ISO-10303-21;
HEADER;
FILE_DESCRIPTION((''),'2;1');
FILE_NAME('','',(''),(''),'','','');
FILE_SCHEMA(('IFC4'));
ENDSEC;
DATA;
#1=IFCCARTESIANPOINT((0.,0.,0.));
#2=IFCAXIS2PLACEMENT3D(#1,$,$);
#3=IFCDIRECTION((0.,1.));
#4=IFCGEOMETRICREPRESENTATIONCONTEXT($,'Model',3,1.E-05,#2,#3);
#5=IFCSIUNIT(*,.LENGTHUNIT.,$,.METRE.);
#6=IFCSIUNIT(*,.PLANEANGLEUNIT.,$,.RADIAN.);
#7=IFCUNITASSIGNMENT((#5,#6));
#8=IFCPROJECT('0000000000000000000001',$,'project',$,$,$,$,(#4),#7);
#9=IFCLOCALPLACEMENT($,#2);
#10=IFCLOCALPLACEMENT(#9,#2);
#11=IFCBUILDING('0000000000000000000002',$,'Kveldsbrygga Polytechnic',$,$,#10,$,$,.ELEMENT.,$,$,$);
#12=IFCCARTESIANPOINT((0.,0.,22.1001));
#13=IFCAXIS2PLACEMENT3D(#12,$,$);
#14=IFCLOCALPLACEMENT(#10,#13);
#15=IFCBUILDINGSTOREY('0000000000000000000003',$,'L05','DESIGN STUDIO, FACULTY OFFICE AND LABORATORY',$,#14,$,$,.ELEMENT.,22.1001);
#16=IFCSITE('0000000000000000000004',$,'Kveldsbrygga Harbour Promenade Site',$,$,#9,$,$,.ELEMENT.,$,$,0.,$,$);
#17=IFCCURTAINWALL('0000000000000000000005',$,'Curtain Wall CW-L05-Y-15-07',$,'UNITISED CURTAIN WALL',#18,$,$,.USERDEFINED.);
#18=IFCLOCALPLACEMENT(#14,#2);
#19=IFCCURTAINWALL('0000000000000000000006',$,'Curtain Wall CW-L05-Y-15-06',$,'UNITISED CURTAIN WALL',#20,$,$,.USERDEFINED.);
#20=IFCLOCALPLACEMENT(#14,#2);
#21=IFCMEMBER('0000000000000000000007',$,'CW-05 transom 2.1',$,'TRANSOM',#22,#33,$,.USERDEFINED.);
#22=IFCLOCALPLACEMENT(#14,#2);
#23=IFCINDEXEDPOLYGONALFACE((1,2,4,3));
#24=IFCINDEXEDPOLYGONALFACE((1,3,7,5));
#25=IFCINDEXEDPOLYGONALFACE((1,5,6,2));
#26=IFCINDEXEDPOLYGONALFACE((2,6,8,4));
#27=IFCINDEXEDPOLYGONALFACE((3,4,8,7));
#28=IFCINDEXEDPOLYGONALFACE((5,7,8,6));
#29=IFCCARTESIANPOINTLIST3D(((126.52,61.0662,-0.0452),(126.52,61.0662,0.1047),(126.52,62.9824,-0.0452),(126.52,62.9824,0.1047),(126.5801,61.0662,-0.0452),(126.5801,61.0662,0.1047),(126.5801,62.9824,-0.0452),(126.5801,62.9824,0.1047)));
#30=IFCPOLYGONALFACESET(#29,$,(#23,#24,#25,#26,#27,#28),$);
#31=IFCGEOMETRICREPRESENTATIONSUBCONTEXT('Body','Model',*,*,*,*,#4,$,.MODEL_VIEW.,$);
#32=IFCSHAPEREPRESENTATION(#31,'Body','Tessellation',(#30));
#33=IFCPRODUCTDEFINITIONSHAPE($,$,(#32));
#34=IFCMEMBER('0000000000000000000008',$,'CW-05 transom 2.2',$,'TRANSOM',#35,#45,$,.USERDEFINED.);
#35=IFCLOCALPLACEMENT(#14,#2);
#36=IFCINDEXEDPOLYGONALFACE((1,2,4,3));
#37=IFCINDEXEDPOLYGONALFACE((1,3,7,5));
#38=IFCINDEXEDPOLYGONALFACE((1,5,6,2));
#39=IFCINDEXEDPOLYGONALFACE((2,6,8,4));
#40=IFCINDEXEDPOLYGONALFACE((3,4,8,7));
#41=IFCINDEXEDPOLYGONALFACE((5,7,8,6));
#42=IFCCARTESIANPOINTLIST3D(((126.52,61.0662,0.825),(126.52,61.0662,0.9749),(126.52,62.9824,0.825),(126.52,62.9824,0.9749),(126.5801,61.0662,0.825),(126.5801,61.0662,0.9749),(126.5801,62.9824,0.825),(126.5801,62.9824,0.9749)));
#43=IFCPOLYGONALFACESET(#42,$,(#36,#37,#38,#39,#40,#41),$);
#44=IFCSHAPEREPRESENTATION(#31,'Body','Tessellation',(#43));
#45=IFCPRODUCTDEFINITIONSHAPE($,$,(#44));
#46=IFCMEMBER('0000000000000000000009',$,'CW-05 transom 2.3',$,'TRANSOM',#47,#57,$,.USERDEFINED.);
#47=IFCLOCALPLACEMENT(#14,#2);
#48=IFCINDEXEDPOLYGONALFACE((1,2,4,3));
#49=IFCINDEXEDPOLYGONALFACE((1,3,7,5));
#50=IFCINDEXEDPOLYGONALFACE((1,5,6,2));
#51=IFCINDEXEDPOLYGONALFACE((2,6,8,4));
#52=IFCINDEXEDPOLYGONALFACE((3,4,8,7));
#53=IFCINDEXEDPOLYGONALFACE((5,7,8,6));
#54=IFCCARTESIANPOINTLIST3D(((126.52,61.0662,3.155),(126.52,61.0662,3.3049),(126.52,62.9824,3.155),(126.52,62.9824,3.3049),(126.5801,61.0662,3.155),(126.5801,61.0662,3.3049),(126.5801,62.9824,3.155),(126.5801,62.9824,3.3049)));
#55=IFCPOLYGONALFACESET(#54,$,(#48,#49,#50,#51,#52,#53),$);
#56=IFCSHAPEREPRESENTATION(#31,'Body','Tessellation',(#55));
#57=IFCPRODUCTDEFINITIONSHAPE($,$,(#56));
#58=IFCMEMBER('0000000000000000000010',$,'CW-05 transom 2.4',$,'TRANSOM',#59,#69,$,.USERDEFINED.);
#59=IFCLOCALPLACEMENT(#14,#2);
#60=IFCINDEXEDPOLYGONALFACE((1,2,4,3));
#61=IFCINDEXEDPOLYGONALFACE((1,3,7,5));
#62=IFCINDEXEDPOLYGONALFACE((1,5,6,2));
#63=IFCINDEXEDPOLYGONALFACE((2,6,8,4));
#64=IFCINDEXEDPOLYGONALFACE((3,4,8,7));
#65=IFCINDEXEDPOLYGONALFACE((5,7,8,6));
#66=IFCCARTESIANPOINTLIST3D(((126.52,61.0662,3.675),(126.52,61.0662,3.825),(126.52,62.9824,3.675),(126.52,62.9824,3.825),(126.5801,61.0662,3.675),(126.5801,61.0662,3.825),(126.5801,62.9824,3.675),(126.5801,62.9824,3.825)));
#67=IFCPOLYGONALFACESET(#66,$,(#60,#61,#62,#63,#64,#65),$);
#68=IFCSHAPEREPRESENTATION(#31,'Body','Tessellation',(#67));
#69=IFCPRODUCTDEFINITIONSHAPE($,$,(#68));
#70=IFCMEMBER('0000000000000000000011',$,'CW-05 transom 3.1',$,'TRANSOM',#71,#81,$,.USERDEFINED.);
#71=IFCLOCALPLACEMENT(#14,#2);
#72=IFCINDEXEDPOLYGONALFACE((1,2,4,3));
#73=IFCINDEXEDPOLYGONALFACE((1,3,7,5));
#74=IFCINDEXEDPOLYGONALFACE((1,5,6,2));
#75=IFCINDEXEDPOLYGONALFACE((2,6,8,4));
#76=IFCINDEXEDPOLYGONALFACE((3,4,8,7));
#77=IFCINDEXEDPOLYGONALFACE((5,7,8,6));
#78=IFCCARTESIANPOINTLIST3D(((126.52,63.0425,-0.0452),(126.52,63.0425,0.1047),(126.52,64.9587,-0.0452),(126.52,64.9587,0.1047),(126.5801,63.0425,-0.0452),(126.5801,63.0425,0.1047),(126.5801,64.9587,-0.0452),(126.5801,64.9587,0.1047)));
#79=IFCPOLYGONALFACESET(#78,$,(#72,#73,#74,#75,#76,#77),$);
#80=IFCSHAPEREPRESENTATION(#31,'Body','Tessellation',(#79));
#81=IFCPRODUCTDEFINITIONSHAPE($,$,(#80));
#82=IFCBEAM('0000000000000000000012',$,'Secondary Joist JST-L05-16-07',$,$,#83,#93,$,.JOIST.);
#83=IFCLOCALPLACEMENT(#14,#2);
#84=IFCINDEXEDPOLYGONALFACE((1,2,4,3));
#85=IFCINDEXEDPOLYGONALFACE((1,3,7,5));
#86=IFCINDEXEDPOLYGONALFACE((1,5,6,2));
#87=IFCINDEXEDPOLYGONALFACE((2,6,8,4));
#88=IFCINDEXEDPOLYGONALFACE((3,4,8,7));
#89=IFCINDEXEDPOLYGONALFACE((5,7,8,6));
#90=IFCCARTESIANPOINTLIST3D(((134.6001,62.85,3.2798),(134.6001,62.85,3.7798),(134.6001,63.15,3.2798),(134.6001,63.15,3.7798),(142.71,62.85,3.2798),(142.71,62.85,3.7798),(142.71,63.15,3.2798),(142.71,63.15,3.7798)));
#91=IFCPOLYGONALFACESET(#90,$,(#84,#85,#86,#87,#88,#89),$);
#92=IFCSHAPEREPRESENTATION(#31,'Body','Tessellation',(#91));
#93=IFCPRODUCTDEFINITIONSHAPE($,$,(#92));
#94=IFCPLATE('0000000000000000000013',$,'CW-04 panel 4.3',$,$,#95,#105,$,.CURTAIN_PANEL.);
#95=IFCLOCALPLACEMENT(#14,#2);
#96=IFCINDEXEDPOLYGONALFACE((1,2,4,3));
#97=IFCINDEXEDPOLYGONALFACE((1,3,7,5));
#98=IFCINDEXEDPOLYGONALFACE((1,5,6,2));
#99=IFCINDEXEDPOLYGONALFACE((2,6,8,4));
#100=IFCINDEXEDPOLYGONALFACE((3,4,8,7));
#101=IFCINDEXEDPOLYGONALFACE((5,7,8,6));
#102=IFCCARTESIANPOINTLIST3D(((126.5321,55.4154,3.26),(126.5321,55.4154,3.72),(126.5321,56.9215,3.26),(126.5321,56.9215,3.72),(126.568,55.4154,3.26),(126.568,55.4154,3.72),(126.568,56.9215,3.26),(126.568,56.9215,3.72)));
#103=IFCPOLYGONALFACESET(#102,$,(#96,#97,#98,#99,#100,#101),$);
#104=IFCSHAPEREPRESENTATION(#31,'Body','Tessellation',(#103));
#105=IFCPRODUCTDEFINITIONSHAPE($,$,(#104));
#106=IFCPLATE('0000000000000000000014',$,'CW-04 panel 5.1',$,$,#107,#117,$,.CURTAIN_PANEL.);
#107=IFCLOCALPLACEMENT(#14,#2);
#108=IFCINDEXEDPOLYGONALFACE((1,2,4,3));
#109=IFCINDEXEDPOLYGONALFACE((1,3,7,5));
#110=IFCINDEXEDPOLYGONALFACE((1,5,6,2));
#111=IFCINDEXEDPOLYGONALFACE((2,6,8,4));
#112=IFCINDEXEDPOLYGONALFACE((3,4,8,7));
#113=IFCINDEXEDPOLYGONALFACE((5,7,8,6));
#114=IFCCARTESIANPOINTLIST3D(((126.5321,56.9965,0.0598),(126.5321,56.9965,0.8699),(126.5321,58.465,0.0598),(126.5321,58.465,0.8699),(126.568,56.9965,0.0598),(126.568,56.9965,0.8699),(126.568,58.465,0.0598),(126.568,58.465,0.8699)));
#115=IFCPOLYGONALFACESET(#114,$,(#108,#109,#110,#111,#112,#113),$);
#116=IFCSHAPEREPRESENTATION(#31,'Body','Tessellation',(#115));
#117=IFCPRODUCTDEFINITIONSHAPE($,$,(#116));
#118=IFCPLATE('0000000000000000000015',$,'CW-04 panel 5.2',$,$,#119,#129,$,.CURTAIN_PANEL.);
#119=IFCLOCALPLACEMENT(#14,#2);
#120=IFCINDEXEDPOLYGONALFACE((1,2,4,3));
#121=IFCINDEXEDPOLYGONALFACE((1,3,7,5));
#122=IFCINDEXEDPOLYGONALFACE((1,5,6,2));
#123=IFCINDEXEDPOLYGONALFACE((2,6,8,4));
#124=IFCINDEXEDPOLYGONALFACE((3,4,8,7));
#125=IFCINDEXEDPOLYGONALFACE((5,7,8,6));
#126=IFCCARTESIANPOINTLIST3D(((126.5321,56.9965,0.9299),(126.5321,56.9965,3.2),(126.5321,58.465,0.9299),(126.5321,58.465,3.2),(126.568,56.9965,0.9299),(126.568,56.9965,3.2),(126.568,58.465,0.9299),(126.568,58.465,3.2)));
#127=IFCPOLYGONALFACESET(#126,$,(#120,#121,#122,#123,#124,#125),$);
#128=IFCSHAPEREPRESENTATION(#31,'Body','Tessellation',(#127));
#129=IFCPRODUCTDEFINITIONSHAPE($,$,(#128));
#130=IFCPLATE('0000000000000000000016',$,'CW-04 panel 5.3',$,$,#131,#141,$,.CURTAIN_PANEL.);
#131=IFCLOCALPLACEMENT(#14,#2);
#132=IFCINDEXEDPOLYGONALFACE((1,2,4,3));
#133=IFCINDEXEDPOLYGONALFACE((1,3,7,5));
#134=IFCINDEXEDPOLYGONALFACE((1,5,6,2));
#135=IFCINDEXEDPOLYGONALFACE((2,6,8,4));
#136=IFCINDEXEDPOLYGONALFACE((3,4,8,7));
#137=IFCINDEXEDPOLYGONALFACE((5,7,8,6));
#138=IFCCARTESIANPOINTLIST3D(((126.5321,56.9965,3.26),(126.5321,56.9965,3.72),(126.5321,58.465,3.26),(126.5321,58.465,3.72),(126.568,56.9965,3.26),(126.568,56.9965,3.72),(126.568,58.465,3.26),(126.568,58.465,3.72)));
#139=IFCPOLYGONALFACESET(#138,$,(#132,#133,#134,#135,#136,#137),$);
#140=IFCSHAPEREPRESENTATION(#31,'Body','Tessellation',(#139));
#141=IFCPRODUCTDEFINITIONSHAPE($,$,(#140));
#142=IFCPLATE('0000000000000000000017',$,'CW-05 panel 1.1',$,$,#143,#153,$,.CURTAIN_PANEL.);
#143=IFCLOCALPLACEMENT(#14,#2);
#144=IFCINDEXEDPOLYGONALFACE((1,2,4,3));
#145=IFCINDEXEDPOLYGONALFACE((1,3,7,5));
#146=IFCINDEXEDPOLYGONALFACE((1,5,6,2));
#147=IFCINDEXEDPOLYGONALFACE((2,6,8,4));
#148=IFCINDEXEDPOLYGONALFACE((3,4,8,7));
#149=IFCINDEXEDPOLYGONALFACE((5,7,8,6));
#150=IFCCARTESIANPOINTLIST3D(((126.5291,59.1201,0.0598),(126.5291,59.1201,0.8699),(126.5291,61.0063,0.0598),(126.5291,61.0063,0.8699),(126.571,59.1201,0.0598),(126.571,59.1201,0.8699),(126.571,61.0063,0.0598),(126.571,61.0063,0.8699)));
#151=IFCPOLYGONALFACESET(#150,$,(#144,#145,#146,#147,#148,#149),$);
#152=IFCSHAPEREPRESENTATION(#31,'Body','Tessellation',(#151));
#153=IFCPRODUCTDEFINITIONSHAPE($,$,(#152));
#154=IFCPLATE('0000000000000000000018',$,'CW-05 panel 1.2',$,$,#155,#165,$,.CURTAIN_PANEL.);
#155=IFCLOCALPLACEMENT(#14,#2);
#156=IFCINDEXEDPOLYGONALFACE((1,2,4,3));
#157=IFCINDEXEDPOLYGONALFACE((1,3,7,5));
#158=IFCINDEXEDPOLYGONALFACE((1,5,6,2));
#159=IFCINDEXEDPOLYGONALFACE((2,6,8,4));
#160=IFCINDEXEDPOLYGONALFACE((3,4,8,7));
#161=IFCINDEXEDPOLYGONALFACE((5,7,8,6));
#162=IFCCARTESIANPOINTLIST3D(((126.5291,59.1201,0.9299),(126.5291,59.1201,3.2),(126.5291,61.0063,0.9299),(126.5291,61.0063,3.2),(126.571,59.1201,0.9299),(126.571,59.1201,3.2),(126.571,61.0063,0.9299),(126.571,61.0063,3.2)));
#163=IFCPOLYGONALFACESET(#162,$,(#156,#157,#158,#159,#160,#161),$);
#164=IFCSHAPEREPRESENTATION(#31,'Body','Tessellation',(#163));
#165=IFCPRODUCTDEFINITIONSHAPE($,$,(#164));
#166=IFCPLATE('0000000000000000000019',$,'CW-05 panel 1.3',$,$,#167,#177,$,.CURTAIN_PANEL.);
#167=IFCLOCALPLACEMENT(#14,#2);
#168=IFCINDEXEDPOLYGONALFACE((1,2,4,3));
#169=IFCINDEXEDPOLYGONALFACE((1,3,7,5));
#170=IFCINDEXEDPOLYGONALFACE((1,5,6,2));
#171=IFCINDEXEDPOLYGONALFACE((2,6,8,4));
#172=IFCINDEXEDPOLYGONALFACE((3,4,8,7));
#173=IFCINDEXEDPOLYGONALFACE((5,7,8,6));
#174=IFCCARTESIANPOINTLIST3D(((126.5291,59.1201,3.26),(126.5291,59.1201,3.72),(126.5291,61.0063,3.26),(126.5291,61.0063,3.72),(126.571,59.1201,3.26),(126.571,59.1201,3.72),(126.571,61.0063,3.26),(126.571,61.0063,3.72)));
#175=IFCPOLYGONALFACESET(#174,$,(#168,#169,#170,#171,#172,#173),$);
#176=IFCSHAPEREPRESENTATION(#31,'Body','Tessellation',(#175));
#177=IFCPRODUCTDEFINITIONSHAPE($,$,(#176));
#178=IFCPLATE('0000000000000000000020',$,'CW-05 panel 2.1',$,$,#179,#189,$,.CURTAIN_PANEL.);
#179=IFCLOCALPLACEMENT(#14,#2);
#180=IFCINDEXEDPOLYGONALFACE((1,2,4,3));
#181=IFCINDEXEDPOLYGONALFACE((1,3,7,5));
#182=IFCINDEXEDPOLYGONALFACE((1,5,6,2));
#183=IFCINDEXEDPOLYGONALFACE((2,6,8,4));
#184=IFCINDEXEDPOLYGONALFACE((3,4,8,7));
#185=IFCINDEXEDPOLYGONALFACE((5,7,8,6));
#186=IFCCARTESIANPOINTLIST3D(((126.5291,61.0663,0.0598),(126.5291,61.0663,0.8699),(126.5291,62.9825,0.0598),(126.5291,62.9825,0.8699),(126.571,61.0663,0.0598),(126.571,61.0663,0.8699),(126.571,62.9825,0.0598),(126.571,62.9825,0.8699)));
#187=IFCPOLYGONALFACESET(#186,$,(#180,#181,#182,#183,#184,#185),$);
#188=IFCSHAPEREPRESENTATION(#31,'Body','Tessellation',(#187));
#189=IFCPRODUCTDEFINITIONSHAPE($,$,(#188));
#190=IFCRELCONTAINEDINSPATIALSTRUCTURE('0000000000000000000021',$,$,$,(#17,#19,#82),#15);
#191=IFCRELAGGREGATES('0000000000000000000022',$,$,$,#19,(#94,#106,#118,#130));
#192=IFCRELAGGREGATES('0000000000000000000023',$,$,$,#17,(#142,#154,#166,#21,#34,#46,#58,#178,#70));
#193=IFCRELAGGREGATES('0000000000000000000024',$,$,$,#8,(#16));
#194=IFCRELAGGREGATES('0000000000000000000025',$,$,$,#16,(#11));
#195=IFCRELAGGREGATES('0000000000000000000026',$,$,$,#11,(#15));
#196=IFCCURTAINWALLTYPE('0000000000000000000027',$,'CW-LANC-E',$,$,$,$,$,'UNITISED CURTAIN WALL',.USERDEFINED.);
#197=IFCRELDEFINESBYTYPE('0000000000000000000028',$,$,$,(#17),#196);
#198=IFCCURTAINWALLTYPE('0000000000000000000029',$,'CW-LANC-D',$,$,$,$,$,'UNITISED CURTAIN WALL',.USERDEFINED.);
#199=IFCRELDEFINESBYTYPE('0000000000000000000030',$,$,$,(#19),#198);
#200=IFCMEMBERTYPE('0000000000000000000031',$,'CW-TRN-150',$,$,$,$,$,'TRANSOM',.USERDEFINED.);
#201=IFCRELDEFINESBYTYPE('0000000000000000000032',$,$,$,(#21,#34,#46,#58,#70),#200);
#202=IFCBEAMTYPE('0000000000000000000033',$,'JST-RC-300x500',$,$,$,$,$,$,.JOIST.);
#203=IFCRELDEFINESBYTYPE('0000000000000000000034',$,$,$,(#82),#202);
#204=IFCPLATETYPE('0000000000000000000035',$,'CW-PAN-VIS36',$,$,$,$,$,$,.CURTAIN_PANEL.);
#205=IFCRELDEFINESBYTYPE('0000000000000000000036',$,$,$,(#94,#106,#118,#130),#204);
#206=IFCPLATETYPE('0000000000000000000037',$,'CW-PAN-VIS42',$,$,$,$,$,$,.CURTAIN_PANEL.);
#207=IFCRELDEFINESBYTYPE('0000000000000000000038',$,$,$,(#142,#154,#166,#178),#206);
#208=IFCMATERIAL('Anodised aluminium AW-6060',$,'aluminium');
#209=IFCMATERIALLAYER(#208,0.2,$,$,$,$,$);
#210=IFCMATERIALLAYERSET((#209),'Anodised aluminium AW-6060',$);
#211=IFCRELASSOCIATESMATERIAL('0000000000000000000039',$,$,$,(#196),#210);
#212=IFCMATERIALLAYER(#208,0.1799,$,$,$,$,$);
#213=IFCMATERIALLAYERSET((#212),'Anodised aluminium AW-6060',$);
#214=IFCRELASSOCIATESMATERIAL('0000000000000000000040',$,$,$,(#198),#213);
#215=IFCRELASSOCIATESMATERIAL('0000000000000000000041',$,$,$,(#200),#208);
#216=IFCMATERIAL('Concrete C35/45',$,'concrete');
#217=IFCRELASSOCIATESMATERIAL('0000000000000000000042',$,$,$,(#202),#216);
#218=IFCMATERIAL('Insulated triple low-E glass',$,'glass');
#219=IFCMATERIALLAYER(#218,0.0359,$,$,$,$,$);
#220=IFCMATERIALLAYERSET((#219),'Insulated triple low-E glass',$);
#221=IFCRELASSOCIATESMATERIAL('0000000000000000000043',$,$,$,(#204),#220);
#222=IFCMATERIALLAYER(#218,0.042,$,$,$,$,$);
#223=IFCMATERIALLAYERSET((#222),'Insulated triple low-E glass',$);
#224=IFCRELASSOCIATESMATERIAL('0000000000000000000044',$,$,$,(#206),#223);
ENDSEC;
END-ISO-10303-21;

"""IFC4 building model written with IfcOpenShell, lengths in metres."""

from ifc_helpers import new_model, si_unit, direction, frame, origin, origin_2d, place, context, subcontext, project, spatial, rectangle, extrude, material, layer, layer_set, material_profile, profile_set, type_object, element, aggregate, save


model = new_model("IFC4")

# Units and contexts
model_context = context("Model", 3, precision=1e-05, world=origin(), true_north=direction((0.0, 1.0)))
body_context = subcontext(model_context, "Body", "Model", "MODEL_VIEW")
ifc_project = project(units=[si_unit("LENGTHUNIT", "METRE"), si_unit("PLANEANGLEUNIT", "RADIAN")], contexts=[model_context])

# Site, building, storey
site_placement = place(None, origin())
site = spatial("IfcSite", under=ifc_project, at=site_placement, Name="Kveldsbrygga Harbour Promenade Site", CompositionType="ELEMENT", RefElevation=0.0)
building_placement = place(site_placement, origin())
building = spatial("IfcBuilding", under=site, at=building_placement, Name="Kveldsbrygga Polytechnic", CompositionType="ELEMENT")
storey_placement = place(building_placement, frame((0.0, 0.0, 22.1001)))
storey = spatial("IfcBuildingStorey", under=building, at=storey_placement, Name="L05", Description="DESIGN STUDIO, FACULTY OFFICE AND LABORATORY", CompositionType="ELEMENT", Elevation=22.1001)

# Shared definitions
ifc_material_1 = material(Name="Concrete C35/45", Category="concrete")

# Curtain walls
ifc_material_2 = material(Name="Anodised aluminium AW-6060", Category="aluminium")
ifc_layer_1 = layer(ifc_material_2, 0.2)
ifc_layer_set_1 = layer_set([ifc_layer_1], Name="Anodised aluminium AW-6060")
curtain_wall_type_1 = type_object("IfcCurtainWallType", Name="CW-LANC-E", ElementType="UNITISED CURTAIN WALL", PredefinedType="USERDEFINED", material=ifc_layer_set_1)
curtain_wall_1_placement = place(storey_placement, origin())
curtain_wall_1 = element("IfcCurtainWall", 1, at=curtain_wall_1_placement, inside=storey, type_object=curtain_wall_type_1, Name="Curtain Wall CW-L05-Y-15-07", ObjectType="UNITISED CURTAIN WALL", PredefinedType="USERDEFINED")
ifc_layer_2 = layer(ifc_material_2, 0.1799)
ifc_layer_set_2 = layer_set([ifc_layer_2], Name="Anodised aluminium AW-6060")
curtain_wall_type_2 = type_object("IfcCurtainWallType", Name="CW-LANC-D", ElementType="UNITISED CURTAIN WALL", PredefinedType="USERDEFINED", material=ifc_layer_set_2)
curtain_wall_2_placement = place(storey_placement, origin())
curtain_wall_2 = element("IfcCurtainWall", 2, at=curtain_wall_2_placement, inside=storey, type_object=curtain_wall_type_2, Name="Curtain Wall CW-L05-Y-15-06", ObjectType="UNITISED CURTAIN WALL", PredefinedType="USERDEFINED")

# Members
ifc_material_profile_1 = material_profile(ifc_material_2, rectangle(XDim=0.0601, YDim=0.1499, at=origin_2d()), Name="ALU 60x150")
ifc_profile_set_1 = profile_set([ifc_material_profile_1], Name="Anodised aluminium AW-6060")
member_type_1 = type_object("IfcMemberType", Name="CW-TRN-150", ElementType="TRANSOM", PredefinedType="USERDEFINED", material=ifc_profile_set_1)
member_1_placement = place(storey_placement, frame((126.55, 61.0662, 0.0298), z_axis=(0.0, 1.0, 0.0), x_axis=(-1.0, 0.0, 0.0)))
member_1 = element("IfcMember", 3, at=member_1_placement, type_object=member_type_1, Name="CW-05 transom 2.1", ObjectType="TRANSOM", PredefinedType="USERDEFINED", context=body_context, shape_type="SweptSolid", body=[
    extrude(rectangle(XDim=0.0601, YDim=0.1499, at=origin_2d()), origin(), (0.0, 0.0, 1.0), 1.9163),
])
member_2_placement = place(storey_placement, frame((126.55, 61.0662, 0.8999), z_axis=(0.0, 1.0, 0.0), x_axis=(-1.0, 0.0, 0.0)))
member_2 = element("IfcMember", 4, at=member_2_placement, type_object=member_type_1, Name="CW-05 transom 2.2", ObjectType="TRANSOM", PredefinedType="USERDEFINED", context=body_context, shape_type="SweptSolid", body=[
    extrude(rectangle(XDim=0.0601, YDim=0.1499, at=origin_2d()), origin(), (0.0, 0.0, 1.0), 1.9163),
])
member_3_placement = place(storey_placement, frame((126.55, 61.0662, 3.23), z_axis=(0.0, 1.0, 0.0), x_axis=(-1.0, 0.0, 0.0)))
member_3 = element("IfcMember", 5, at=member_3_placement, type_object=member_type_1, Name="CW-05 transom 2.3", ObjectType="TRANSOM", PredefinedType="USERDEFINED", context=body_context, shape_type="SweptSolid", body=[
    extrude(rectangle(XDim=0.0601, YDim=0.1499, at=origin_2d()), origin(), (0.0, 0.0, 1.0), 1.9163),
])
member_4_placement = place(storey_placement, frame((126.55, 61.0662, 3.75), z_axis=(0.0, 1.0, 0.0), x_axis=(-1.0, 0.0, 0.0)))
member_4 = element("IfcMember", 6, at=member_4_placement, type_object=member_type_1, Name="CW-05 transom 2.4", ObjectType="TRANSOM", PredefinedType="USERDEFINED", context=body_context, shape_type="SweptSolid", body=[
    extrude(rectangle(XDim=0.0601, YDim=0.1499, at=origin_2d()), origin(), (0.0, 0.0, 1.0), 1.9163),
])
member_5_placement = place(storey_placement, frame((126.55, 63.0425, 0.0298), z_axis=(0.0, 1.0, 0.0), x_axis=(-1.0, 0.0, 0.0)))
member_5 = element("IfcMember", 7, at=member_5_placement, type_object=member_type_1, Name="CW-05 transom 3.1", ObjectType="TRANSOM", PredefinedType="USERDEFINED", context=body_context, shape_type="SweptSolid", body=[
    extrude(rectangle(XDim=0.0601, YDim=0.1499, at=origin_2d()), origin(), (0.0, 0.0, 1.0), 1.9163),
])

# Beam
ifc_material_profile_2 = material_profile(ifc_material_1, rectangle(XDim=0.3, YDim=0.5, at=origin_2d()), Name="RC 300x500")
ifc_profile_set_2 = profile_set([ifc_material_profile_2], Name="Concrete C35/45")
beam_type_1 = type_object("IfcBeamType", Name="JST-RC-300x500", PredefinedType="JOIST", material=ifc_profile_set_2)
beam_1_placement = place(storey_placement, frame((134.6001, 63.0, 3.5298), z_axis=(1.0, 0.0, 0.0), x_axis=(0.0, 1.0, 0.0)))
element("IfcBeam", 8, at=beam_1_placement, inside=storey, type_object=beam_type_1, Name="Secondary Joist JST-L05-16-07", PredefinedType="JOIST", context=body_context, shape_type="SweptSolid", body=[
    extrude(rectangle(XDim=0.3, YDim=0.5, at=origin_2d()), origin(), (0.0, 0.0, 1.0), 8.1099),
])

# Plates
ifc_material_3 = material(Name="Insulated triple low-E glass", Category="glass")
ifc_layer_3 = layer(ifc_material_3, 0.0359)
ifc_layer_set_3 = layer_set([ifc_layer_3], Name="Insulated triple low-E glass")
plate_type_1 = type_object("IfcPlateType", Name="CW-PAN-VIS36", PredefinedType="CURTAIN_PANEL", material=ifc_layer_set_3)
plate_1_placement = place(storey_placement, frame((126.55, 56.1685, 3.26), z_axis=(0.0, 0.0, 1.0), x_axis=(0.0, 1.0, 0.0)))
plate_1 = element("IfcPlate", 9, at=plate_1_placement, type_object=plate_type_1, Name="CW-04 panel 4.3", PredefinedType="CURTAIN_PANEL", context=body_context, shape_type="SweptSolid", body=[
    extrude(rectangle(XDim=1.5061, YDim=0.0359, at=origin_2d()), origin(), (0.0, 0.0, 1.0), 0.46),
])
plate_2_placement = place(storey_placement, frame((126.55, 57.7307, 0.0598), z_axis=(0.0, 0.0, 1.0), x_axis=(0.0, 1.0, 0.0)))
plate_2 = element("IfcPlate", 10, at=plate_2_placement, type_object=plate_type_1, Name="CW-04 panel 5.1", PredefinedType="CURTAIN_PANEL", context=body_context, shape_type="SweptSolid", body=[
    extrude(rectangle(XDim=1.4685, YDim=0.0359, at=origin_2d()), origin(), (0.0, 0.0, 1.0), 0.8101),
])
plate_3_placement = place(storey_placement, frame((126.55, 57.7307, 0.9299), z_axis=(0.0, 0.0, 1.0), x_axis=(0.0, 1.0, 0.0)))
plate_3 = element("IfcPlate", 11, at=plate_3_placement, type_object=plate_type_1, Name="CW-04 panel 5.2", PredefinedType="CURTAIN_PANEL", context=body_context, shape_type="SweptSolid", body=[
    extrude(rectangle(XDim=1.4685, YDim=0.0359, at=origin_2d()), origin(), (0.0, 0.0, 1.0), 2.27),
])
plate_4_placement = place(storey_placement, frame((126.55, 57.7307, 3.26), z_axis=(0.0, 0.0, 1.0), x_axis=(0.0, 1.0, 0.0)))
plate_4 = element("IfcPlate", 12, at=plate_4_placement, type_object=plate_type_1, Name="CW-04 panel 5.3", PredefinedType="CURTAIN_PANEL", context=body_context, shape_type="SweptSolid", body=[
    extrude(rectangle(XDim=1.4685, YDim=0.0359, at=origin_2d()), origin(), (0.0, 0.0, 1.0), 0.46),
])
aggregate(curtain_wall_2, [plate_1, plate_2, plate_3, plate_4])
ifc_layer_4 = layer(ifc_material_3, 0.042)
ifc_layer_set_4 = layer_set([ifc_layer_4], Name="Insulated triple low-E glass")
plate_type_2 = type_object("IfcPlateType", Name="CW-PAN-VIS42", PredefinedType="CURTAIN_PANEL", material=ifc_layer_set_4)
plate_5_placement = place(storey_placement, frame((126.55, 60.0632, 0.0598), z_axis=(0.0, 0.0, 1.0), x_axis=(0.0, 1.0, 0.0)))
plate_5 = element("IfcPlate", 13, at=plate_5_placement, type_object=plate_type_2, Name="CW-05 panel 1.1", PredefinedType="CURTAIN_PANEL", context=body_context, shape_type="SweptSolid", body=[
    extrude(rectangle(XDim=1.8862, YDim=0.042, at=origin_2d()), origin(), (0.0, 0.0, 1.0), 0.8101),
])
plate_6_placement = place(storey_placement, frame((126.55, 60.0632, 0.9299), z_axis=(0.0, 0.0, 1.0), x_axis=(0.0, 1.0, 0.0)))
plate_6 = element("IfcPlate", 14, at=plate_6_placement, type_object=plate_type_2, Name="CW-05 panel 1.2", PredefinedType="CURTAIN_PANEL", context=body_context, shape_type="SweptSolid", body=[
    extrude(rectangle(XDim=1.8862, YDim=0.042, at=origin_2d()), origin(), (0.0, 0.0, 1.0), 2.27),
])
plate_7_placement = place(storey_placement, frame((126.55, 60.0632, 3.26), z_axis=(0.0, 0.0, 1.0), x_axis=(0.0, 1.0, 0.0)))
plate_7 = element("IfcPlate", 15, at=plate_7_placement, type_object=plate_type_2, Name="CW-05 panel 1.3", PredefinedType="CURTAIN_PANEL", context=body_context, shape_type="SweptSolid", body=[
    extrude(rectangle(XDim=1.8862, YDim=0.042, at=origin_2d()), origin(), (0.0, 0.0, 1.0), 0.46),
])
plate_8_placement = place(storey_placement, frame((126.55, 62.0244, 0.0598), z_axis=(0.0, 0.0, 1.0), x_axis=(0.0, 1.0, 0.0)))
plate_8 = element("IfcPlate", 16, at=plate_8_placement, type_object=plate_type_2, Name="CW-05 panel 2.1", PredefinedType="CURTAIN_PANEL", context=body_context, shape_type="SweptSolid", body=[
    extrude(rectangle(XDim=1.9163, YDim=0.042, at=origin_2d()), origin(), (0.0, 0.0, 1.0), 0.8101),
])
aggregate(curtain_wall_1, [plate_5, plate_6, plate_7, member_1, member_2, member_3, member_4, plate_8, member_5])

save(model, "model.ifc")
